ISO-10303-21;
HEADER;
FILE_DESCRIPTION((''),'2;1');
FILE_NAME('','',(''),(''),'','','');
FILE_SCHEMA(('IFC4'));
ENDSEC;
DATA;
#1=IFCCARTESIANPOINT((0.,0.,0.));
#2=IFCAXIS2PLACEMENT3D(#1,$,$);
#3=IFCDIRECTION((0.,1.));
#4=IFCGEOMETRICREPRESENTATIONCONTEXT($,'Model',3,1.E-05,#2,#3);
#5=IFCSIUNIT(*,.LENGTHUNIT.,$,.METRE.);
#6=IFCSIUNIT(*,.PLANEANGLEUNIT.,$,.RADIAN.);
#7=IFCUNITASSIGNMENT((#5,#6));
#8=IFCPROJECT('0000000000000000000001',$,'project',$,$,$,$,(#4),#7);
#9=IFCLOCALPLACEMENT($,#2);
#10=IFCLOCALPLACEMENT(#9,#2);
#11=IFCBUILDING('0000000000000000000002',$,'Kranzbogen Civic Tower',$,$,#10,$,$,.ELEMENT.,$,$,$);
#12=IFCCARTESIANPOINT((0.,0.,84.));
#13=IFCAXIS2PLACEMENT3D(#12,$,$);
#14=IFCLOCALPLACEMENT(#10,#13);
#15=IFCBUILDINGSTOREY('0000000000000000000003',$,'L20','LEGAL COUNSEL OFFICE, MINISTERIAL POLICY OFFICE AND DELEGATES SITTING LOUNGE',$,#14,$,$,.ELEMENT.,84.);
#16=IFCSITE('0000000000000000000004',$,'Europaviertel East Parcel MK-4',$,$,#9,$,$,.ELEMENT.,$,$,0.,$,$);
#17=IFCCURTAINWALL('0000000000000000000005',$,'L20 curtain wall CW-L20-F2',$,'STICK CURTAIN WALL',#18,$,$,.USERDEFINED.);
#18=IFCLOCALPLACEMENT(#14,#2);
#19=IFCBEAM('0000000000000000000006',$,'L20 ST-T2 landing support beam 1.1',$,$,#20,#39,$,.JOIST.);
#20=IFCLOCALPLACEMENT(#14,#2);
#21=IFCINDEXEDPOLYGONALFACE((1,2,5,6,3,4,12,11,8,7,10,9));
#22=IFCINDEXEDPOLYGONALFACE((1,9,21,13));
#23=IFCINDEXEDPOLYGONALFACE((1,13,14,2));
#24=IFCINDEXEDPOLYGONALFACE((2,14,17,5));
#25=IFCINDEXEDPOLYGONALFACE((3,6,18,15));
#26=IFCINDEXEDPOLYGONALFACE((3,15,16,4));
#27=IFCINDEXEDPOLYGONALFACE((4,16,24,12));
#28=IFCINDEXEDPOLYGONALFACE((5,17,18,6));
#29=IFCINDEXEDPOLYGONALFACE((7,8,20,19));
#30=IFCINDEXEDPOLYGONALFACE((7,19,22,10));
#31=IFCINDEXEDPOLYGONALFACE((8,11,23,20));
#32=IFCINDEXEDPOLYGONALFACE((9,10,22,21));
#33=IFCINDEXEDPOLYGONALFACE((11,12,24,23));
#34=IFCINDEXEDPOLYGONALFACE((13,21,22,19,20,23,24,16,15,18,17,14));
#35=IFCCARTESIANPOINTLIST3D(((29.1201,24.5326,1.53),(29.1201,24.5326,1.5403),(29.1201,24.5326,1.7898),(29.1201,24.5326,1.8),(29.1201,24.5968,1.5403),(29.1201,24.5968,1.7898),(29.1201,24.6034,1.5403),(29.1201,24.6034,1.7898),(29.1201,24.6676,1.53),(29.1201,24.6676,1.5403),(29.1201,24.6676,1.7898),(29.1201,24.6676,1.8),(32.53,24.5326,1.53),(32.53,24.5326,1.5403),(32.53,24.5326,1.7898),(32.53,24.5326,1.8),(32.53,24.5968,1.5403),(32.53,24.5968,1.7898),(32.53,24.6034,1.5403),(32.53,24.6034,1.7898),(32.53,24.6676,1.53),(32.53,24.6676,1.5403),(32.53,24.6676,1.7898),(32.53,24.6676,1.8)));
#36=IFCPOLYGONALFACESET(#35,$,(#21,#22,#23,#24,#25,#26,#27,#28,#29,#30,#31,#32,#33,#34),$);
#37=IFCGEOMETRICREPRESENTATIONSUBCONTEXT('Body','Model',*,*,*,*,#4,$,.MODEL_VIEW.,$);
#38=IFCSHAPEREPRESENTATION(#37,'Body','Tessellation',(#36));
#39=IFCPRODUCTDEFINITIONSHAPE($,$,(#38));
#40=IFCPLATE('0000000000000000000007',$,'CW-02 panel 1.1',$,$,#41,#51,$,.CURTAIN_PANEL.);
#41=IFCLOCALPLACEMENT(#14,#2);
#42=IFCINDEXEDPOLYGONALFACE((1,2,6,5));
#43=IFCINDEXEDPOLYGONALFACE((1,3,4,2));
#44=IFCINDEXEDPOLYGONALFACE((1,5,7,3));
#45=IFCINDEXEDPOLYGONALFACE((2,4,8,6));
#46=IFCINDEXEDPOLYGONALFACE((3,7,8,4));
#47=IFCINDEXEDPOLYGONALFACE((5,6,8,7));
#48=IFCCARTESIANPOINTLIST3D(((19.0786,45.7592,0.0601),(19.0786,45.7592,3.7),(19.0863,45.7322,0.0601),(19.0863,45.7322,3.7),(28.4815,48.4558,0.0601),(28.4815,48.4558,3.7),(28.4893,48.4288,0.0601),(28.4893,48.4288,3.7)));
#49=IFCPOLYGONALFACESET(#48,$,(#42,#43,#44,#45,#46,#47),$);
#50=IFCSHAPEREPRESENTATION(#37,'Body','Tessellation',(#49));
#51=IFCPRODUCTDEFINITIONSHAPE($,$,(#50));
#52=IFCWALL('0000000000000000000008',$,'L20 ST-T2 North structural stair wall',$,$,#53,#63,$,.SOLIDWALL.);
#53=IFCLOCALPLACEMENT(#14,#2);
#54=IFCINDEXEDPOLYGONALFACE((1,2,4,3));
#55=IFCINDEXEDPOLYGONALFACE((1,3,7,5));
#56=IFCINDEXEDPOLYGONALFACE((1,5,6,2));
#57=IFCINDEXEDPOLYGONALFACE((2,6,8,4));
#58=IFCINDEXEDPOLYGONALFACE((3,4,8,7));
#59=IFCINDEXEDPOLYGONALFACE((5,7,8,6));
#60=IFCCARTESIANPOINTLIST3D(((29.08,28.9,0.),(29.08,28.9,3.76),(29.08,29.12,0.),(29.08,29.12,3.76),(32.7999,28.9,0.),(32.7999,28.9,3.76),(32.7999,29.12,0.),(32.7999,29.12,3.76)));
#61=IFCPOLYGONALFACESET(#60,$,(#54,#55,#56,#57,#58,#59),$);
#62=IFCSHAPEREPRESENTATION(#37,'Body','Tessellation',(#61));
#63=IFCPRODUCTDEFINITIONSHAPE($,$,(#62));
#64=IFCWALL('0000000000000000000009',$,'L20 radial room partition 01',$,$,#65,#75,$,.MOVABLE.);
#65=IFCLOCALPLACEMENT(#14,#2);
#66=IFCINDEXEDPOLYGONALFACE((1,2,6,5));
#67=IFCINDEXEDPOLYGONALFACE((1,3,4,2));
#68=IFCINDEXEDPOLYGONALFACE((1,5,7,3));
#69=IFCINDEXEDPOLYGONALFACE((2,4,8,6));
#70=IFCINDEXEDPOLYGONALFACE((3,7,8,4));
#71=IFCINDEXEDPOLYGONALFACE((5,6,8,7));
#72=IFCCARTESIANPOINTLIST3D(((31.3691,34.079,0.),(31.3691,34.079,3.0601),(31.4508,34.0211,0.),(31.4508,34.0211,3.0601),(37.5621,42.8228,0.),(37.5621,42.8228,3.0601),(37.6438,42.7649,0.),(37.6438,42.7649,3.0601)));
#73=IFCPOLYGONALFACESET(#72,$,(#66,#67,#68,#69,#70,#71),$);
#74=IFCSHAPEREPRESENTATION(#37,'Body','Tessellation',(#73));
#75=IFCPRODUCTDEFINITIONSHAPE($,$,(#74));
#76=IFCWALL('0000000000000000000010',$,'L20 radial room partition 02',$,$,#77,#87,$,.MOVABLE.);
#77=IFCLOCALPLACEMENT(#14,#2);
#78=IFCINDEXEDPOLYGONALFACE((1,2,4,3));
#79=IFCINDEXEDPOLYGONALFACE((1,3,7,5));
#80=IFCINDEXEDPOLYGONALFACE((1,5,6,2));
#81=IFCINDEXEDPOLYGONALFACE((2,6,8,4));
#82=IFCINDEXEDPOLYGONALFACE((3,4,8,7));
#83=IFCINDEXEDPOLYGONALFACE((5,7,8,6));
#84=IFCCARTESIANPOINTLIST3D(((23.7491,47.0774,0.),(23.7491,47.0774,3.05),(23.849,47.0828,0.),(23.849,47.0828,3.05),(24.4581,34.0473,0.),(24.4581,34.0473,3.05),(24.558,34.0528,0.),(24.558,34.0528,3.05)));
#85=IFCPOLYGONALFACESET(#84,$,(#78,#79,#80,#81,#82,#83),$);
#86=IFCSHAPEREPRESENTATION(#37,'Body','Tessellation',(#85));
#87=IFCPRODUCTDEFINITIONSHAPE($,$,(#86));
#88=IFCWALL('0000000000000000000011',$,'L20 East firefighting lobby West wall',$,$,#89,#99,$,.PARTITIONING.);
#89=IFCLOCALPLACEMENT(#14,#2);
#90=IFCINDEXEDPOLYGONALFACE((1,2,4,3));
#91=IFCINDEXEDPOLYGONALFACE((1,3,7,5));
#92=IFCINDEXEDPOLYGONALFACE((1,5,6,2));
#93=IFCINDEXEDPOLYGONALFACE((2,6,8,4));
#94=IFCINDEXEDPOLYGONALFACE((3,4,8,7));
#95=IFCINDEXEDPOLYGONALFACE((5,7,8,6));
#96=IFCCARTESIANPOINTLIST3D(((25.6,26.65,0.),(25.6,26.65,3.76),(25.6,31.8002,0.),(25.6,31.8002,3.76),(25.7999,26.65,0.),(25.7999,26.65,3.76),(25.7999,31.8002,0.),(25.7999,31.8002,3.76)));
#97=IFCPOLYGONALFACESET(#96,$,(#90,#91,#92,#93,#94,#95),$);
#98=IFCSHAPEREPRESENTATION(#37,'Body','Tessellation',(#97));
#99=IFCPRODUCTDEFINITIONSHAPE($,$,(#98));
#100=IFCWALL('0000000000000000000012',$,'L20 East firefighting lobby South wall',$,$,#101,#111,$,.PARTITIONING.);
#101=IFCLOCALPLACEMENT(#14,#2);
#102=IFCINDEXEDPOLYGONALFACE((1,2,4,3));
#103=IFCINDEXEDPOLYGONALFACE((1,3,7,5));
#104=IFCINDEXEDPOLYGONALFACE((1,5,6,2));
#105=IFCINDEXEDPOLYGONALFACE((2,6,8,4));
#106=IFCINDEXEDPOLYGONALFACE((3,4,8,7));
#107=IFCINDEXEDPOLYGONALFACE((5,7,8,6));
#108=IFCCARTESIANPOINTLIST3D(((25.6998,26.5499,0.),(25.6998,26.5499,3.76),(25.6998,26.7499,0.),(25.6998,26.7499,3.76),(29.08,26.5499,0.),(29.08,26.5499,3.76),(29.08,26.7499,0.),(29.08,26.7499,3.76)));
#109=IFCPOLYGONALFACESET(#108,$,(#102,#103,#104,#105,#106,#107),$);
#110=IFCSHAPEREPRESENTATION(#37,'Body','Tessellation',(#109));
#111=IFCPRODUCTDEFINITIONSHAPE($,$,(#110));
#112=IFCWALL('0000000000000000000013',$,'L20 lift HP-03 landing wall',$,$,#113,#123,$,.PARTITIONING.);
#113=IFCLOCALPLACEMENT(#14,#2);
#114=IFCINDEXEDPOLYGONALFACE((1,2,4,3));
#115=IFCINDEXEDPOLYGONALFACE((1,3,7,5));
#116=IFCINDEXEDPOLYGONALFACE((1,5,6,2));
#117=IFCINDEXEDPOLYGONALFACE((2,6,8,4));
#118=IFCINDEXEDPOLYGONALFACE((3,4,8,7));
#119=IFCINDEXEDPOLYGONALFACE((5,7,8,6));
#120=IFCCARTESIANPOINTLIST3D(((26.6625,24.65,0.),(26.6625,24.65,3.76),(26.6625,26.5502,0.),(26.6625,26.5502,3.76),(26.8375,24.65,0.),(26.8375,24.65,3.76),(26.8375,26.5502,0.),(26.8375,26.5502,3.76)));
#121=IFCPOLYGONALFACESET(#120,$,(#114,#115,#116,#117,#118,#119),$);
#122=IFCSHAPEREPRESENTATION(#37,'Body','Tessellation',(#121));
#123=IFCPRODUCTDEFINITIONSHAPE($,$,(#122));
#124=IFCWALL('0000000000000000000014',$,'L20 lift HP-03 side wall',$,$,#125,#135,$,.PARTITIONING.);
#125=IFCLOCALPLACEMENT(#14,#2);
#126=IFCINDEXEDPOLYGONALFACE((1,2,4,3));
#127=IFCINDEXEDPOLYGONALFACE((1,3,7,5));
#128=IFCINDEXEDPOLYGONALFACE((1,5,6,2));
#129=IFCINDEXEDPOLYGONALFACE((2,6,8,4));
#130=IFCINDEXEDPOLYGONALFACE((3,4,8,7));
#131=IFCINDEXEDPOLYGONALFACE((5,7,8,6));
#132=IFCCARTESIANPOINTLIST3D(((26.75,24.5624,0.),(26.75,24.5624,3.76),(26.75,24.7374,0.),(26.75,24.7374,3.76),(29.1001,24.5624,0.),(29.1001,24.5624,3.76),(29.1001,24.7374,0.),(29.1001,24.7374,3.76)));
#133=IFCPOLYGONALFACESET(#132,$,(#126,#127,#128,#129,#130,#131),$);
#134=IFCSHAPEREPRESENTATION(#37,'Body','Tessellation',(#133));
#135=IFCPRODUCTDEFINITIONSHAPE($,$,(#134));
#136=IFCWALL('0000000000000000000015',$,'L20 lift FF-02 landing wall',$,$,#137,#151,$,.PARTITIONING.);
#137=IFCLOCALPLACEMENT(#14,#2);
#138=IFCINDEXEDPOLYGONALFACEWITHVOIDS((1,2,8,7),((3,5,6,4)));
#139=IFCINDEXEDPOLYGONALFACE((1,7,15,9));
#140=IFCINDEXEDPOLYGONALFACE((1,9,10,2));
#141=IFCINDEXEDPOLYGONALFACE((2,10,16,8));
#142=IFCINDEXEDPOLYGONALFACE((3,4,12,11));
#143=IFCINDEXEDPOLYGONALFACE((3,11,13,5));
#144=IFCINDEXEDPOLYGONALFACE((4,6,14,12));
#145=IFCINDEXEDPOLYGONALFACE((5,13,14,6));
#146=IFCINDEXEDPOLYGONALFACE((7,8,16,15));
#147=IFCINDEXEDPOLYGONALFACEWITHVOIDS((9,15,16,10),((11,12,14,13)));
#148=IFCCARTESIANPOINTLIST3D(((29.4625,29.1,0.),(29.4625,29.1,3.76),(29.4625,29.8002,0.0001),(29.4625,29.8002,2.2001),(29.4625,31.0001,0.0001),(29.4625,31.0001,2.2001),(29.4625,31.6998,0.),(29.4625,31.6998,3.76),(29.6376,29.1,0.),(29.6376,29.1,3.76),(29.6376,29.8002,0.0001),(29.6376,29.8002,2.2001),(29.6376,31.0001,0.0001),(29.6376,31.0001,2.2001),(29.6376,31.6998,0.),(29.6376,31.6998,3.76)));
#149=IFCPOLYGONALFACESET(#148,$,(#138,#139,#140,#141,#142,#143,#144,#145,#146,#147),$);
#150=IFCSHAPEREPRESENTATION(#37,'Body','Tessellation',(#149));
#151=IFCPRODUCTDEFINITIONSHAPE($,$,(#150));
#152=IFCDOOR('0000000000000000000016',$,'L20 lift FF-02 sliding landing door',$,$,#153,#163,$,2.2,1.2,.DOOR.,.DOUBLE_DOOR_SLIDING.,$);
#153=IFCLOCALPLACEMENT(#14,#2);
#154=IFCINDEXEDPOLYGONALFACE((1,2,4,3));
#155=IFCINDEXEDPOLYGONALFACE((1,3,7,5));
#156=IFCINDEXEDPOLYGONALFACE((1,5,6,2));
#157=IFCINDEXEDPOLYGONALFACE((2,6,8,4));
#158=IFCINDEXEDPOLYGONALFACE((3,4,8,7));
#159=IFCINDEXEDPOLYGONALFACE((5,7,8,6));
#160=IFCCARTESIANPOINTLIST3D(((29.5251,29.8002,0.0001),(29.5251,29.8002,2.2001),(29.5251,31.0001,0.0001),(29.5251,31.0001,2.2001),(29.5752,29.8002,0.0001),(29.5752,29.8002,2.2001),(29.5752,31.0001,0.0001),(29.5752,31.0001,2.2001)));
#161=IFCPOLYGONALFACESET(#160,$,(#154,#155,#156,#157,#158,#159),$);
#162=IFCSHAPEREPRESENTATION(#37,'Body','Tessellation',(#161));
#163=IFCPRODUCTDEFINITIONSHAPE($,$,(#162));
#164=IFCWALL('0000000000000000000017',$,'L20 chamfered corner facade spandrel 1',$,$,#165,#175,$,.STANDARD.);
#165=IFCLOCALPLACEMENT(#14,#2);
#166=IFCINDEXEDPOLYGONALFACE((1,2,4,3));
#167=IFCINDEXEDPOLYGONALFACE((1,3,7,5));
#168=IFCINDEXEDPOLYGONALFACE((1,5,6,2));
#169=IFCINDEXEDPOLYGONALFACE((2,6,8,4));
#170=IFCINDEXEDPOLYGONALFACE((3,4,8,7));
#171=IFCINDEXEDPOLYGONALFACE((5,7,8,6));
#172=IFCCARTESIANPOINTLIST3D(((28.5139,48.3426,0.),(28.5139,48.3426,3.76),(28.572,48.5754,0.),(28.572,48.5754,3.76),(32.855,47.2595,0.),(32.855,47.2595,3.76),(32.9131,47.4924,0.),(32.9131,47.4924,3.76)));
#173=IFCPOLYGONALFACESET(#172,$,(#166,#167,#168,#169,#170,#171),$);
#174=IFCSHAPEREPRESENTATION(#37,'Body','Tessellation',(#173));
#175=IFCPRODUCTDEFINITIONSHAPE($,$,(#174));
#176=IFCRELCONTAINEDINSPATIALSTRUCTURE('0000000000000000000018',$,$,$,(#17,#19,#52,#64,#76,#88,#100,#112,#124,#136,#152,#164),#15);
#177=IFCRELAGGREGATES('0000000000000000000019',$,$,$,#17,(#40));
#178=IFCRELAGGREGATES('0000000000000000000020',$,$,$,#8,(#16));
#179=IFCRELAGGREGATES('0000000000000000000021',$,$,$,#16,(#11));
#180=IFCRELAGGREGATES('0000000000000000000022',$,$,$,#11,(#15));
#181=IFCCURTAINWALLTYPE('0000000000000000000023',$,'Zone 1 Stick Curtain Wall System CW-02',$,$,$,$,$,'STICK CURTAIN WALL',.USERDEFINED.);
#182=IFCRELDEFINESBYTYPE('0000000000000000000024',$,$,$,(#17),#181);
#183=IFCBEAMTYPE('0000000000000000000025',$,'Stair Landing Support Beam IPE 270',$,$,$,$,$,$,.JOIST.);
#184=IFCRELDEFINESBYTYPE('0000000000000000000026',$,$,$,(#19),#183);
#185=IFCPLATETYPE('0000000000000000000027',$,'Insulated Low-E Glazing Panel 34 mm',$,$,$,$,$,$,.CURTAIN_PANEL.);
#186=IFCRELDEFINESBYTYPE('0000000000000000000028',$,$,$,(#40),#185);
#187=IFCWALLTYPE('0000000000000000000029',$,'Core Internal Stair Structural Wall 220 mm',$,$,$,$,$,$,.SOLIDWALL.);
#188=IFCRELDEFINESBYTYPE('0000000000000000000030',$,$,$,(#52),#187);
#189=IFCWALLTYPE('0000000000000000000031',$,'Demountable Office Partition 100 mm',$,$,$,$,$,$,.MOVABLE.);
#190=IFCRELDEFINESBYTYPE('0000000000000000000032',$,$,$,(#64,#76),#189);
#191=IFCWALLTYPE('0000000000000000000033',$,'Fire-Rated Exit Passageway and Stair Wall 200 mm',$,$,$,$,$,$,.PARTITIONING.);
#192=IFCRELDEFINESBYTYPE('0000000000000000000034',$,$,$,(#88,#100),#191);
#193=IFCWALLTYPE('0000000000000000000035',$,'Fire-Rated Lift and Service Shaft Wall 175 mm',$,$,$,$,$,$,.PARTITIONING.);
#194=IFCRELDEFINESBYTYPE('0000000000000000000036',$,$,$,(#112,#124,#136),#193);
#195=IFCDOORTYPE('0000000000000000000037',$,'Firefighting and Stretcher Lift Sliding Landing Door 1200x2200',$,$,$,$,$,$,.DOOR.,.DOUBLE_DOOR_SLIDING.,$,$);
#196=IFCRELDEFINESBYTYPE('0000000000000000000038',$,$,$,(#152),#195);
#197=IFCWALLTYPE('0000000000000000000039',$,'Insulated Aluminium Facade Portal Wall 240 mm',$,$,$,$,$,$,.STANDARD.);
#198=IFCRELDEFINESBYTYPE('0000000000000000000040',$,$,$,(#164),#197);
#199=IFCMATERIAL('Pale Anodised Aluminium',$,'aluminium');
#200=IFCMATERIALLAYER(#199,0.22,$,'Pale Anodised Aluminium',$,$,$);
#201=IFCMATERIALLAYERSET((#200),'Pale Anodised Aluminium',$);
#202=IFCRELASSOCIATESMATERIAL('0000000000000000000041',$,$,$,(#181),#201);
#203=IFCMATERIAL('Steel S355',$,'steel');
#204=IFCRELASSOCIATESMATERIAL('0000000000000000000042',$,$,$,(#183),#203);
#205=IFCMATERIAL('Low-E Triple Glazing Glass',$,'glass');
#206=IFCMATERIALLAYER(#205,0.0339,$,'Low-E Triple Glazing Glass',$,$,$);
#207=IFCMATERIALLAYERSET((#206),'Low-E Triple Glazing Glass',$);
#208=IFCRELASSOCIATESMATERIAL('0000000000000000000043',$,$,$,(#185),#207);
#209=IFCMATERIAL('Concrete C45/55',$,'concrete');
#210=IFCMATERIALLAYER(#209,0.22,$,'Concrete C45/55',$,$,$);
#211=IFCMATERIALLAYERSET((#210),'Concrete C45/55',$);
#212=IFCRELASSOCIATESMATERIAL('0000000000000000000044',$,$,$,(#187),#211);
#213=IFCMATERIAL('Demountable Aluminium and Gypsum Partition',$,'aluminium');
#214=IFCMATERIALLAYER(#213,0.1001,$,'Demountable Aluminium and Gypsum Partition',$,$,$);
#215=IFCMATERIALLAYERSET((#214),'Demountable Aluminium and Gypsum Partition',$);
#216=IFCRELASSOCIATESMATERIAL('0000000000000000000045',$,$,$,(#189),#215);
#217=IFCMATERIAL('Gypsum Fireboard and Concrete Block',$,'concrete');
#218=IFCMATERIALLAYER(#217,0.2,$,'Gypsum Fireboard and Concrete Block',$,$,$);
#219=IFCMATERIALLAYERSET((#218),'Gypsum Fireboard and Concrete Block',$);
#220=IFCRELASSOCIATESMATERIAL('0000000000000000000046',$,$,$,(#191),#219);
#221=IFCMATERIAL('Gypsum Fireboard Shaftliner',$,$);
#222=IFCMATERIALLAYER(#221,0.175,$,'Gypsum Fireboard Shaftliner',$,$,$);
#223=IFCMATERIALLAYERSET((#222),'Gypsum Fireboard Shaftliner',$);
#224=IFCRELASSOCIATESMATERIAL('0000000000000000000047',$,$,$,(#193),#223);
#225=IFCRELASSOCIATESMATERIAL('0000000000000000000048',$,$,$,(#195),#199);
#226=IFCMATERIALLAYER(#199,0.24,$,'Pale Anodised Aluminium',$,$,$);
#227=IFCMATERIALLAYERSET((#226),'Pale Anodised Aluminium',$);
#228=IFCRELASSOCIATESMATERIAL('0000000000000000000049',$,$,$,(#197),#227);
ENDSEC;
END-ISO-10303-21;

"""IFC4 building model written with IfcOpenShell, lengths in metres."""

from ifc_helpers import new_model, si_unit, direction, frame, frame_2d, origin, origin_2d, place, context, subcontext, project, spatial, rectangle, i_section, extrude, material, layer, layer_set, material_profile, profile_set, type_object, element, fill, aggregate, save


model = new_model("IFC4")

# Units and contexts
model_context = context("Model", 3, precision=1e-05, world=origin(), true_north=direction((0.0, 1.0)))
body_context = subcontext(model_context, "Body", "Model", "MODEL_VIEW")
ifc_project = project(units=[si_unit("LENGTHUNIT", "METRE"), si_unit("PLANEANGLEUNIT", "RADIAN")], contexts=[model_context])

# Site, building, storey
site_placement = place(None, origin())
site = spatial("IfcSite", under=ifc_project, at=site_placement, Name="Europaviertel East Parcel MK-4", CompositionType="ELEMENT", RefElevation=0.0)
building_placement = place(site_placement, origin())
building = spatial("IfcBuilding", under=site, at=building_placement, Name="Kranzbogen Civic Tower", CompositionType="ELEMENT")
storey_placement = place(building_placement, frame((0.0, 0.0, 84.0)))
storey = spatial("IfcBuildingStorey", under=building, at=storey_placement, Name="L20", Description="LEGAL COUNSEL OFFICE, MINISTERIAL POLICY OFFICE AND DELEGATES SITTING LOUNGE", CompositionType="ELEMENT", Elevation=84.0)

# Shared definitions
ifc_material_1 = material(Name="Steel S355", Category="steel")

# Curtain wall
ifc_material_2 = material(Name="Pale Anodised Aluminium", Category="aluminium")
ifc_layer_1 = layer(ifc_material_2, 0.22, Name="Pale Anodised Aluminium")
ifc_layer_set_1 = layer_set([ifc_layer_1], Name="Pale Anodised Aluminium")
curtain_wall_type = type_object("IfcCurtainWallType", Name="Zone 1 Stick Curtain Wall System CW-02", ElementType="STICK CURTAIN WALL", PredefinedType="USERDEFINED", material=ifc_layer_set_1)
curtain_wall_placement = place(storey_placement, origin())
curtain_wall = element("IfcCurtainWall", 1, at=curtain_wall_placement, inside=storey, type_object=curtain_wall_type, Name="L20 curtain wall CW-L20-F2", ObjectType="STICK CURTAIN WALL", PredefinedType="USERDEFINED")

# Beam
ifc_material_profile_1 = material_profile(ifc_material_1, i_section(OverallWidth=0.135, OverallDepth=0.27, WebThickness=0.0066, FlangeThickness=0.0103, at=origin_2d()), Name="IPE 270")
ifc_profile_set_1 = profile_set([ifc_material_profile_1], Name="Steel S355")
beam_type_1 = type_object("IfcBeamType", Name="Stair Landing Support Beam IPE 270", PredefinedType="JOIST", material=ifc_profile_set_1)
for number, where, z_axis, x_axis, name in (
    (2, (29.1201, 24.6001, 1.665), (1.0, 0.0, 0.0), (0.0, 1.0, 0.0), "L20 ST-T2 landing support beam 1.1"),
):
    element("IfcBeam", number, at=place(storey_placement, frame(where, z_axis=z_axis, x_axis=x_axis)), inside=storey, type_object=beam_type_1, Name=name, PredefinedType="JOIST", context=body_context, shape_type="SweptSolid", body=[
        extrude(i_section(OverallWidth=0.135, OverallDepth=0.27, WebThickness=0.0066, FlangeThickness=0.0103, at=origin_2d()), origin(), (0.0, 0.0, 1.0), 3.4099),
    ])

# Plate
ifc_material_3 = material(Name="Low-E Triple Glazing Glass", Category="glass")
ifc_layer_2 = layer(ifc_material_3, 0.0339, Name="Low-E Triple Glazing Glass")
ifc_layer_set_2 = layer_set([ifc_layer_2], Name="Low-E Triple Glazing Glass")
plate_type = type_object("IfcPlateType", Name="Insulated Low-E Glazing Panel 34 mm", PredefinedType="CURTAIN_PANEL", material=ifc_layer_set_2)
plate_placement = place(storey_placement, frame((23.7839, 47.094, 0.0601), z_axis=(0.0, 0.0, 1.0), x_axis=(-0.96125, -0.275678, 0.0)))
plate = element("IfcPlate", 3, at=plate_placement, type_object=plate_type, Name="CW-02 panel 1.1", PredefinedType="CURTAIN_PANEL", context=body_context, shape_type="SweptSolid", body=[
    extrude(rectangle(XDim=9.782, YDim=0.0281, at=origin_2d()), origin(), (0.0, 0.0, 1.0), 3.6399),
])
aggregate(curtain_wall, [plate])

# Walls
ifc_material_4 = material(Name="Concrete C45/55", Category="concrete")
ifc_layer_3 = layer(ifc_material_4, 0.22, Name="Concrete C45/55")
ifc_layer_set_3 = layer_set([ifc_layer_3], Name="Concrete C45/55")
wall_type_1 = type_object("IfcWallType", Name="Core Internal Stair Structural Wall 220 mm", PredefinedType="SOLIDWALL", material=ifc_layer_set_3)
wall_1_placement = place(storey_placement, frame((29.0801, 29.01, 0.0), z_axis=(0.0, 0.0, 1.0), x_axis=(1.0, 0.0, 0.0)))
element("IfcWall", 4, at=wall_1_placement, inside=storey, type_object=wall_type_1, Name="L20 ST-T2 North structural stair wall", PredefinedType="SOLIDWALL", context=body_context, shape_type="SweptSolid", body=[
    extrude(rectangle(XDim=3.72, YDim=0.22, at=frame_2d((1.8599, 0.0))), origin(), (0.0, 0.0, 1.0), 3.76),
])
ifc_material_5 = material(Name="Demountable Aluminium and Gypsum Partition", Category="aluminium")
ifc_layer_4 = layer(ifc_material_5, 0.1001, Name="Demountable Aluminium and Gypsum Partition")
ifc_layer_set_4 = layer_set([ifc_layer_4], Name="Demountable Aluminium and Gypsum Partition")
wall_type_2 = type_object("IfcWallType", Name="Demountable Office Partition 100 mm", PredefinedType="MOVABLE", material=ifc_layer_set_4)
wall_2_placement = place(storey_placement, frame((31.4099, 34.05, 0.0), z_axis=(0.0, 0.0, 1.0), x_axis=(0.577988, 0.816046, 0.0)))
element("IfcWall", 5, at=wall_2_placement, inside=storey, type_object=wall_type_2, Name="L20 radial room partition 01", PredefinedType="MOVABLE", context=body_context, shape_type="SweptSolid", body=[
    extrude(rectangle(XDim=10.7148, YDim=0.1001, at=frame_2d((5.3574, 0.0))), origin(), (0.0, 0.0, 1.0), 3.0601),
])
wall_3_placement = place(storey_placement, frame((24.5081, 34.05, 0.0), z_axis=(0.0, 0.0, 1.0), x_axis=(-0.054331, 0.998523, 0.0)))
element("IfcWall", 6, at=wall_3_placement, inside=storey, type_object=wall_type_2, Name="L20 radial room partition 02", PredefinedType="MOVABLE", context=body_context, shape_type="SweptSolid", body=[
    extrude(rectangle(XDim=13.0493, YDim=0.1001, at=frame_2d((6.5247, 0.0))), origin(), (0.0, 0.0, 1.0), 3.05),
])
ifc_material_6 = material(Name="Gypsum Fireboard and Concrete Block", Category="concrete")
ifc_layer_5 = layer(ifc_material_6, 0.2, Name="Gypsum Fireboard and Concrete Block")
ifc_layer_set_5 = layer_set([ifc_layer_5], Name="Gypsum Fireboard and Concrete Block")
wall_type_3 = type_object("IfcWallType", Name="Fire-Rated Exit Passageway and Stair Wall 200 mm", PredefinedType="PARTITIONING", material=ifc_layer_set_5)
wall_4_placement = place(storey_placement, frame((25.7, 26.6499, 0.0), z_axis=(0.0, 0.0, 1.0), x_axis=(0.0, 1.0, 0.0)))
element("IfcWall", 7, at=wall_4_placement, inside=storey, type_object=wall_type_3, Name="L20 East firefighting lobby West wall", PredefinedType="PARTITIONING", context=body_context, shape_type="SweptSolid", body=[
    extrude(rectangle(XDim=5.1501, YDim=0.2, at=frame_2d((2.5752, 0.0))), origin(), (0.0, 0.0, 1.0), 3.76),
])
wall_5_placement = place(storey_placement, frame((25.7, 26.6499, 0.0), z_axis=(0.0, 0.0, 1.0), x_axis=(1.0, 0.0, 0.0)))
element("IfcWall", 8, at=wall_5_placement, inside=storey, type_object=wall_type_3, Name="L20 East firefighting lobby South wall", PredefinedType="PARTITIONING", context=body_context, shape_type="SweptSolid", body=[
    extrude(rectangle(XDim=3.3801, YDim=0.2, at=frame_2d((1.6899, 0.0))), origin(), (0.0, 0.0, 1.0), 3.76),
])
ifc_material_7 = material(Name="Gypsum Fireboard Shaftliner")
ifc_layer_6 = layer(ifc_material_7, 0.175, Name="Gypsum Fireboard Shaftliner")
ifc_layer_set_6 = layer_set([ifc_layer_6], Name="Gypsum Fireboard Shaftliner")
wall_type_4 = type_object("IfcWallType", Name="Fire-Rated Lift and Service Shaft Wall 175 mm", PredefinedType="PARTITIONING", material=ifc_layer_set_6)
wall_6_placement = place(storey_placement, frame((26.75, 24.6499, 0.0), z_axis=(0.0, 0.0, 1.0), x_axis=(0.0, 1.0, 0.0)))
element("IfcWall", 9, at=wall_6_placement, inside=storey, type_object=wall_type_4, Name="L20 lift HP-03 landing wall", PredefinedType="PARTITIONING", context=body_context, shape_type="SweptSolid", body=[
    extrude(rectangle(XDim=1.9001, YDim=0.175, at=frame_2d((0.9502, 0.0))), origin(), (0.0, 0.0, 1.0), 3.76),
])
wall_7_placement = place(storey_placement, frame((26.75, 24.6499, 0.0), z_axis=(0.0, 0.0, 1.0), x_axis=(1.0, 0.0, 0.0)))
element("IfcWall", 10, at=wall_7_placement, inside=storey, type_object=wall_type_4, Name="L20 lift HP-03 side wall", PredefinedType="PARTITIONING", context=body_context, shape_type="SweptSolid", body=[
    extrude(rectangle(XDim=2.3501, YDim=0.175, at=frame_2d((1.175, 0.0))), origin(), (0.0, 0.0, 1.0), 3.76),
])

# Wall, opening, door
wall_8_placement = place(storey_placement, frame((29.55, 29.1001, 0.0), z_axis=(0.0, 0.0, 1.0), x_axis=(0.0, 1.0, 0.0)))
wall_8 = element("IfcWall", 11, at=wall_8_placement, inside=storey, type_object=wall_type_4, Name="L20 lift FF-02 landing wall", PredefinedType="PARTITIONING", context=body_context, shape_type="SweptSolid", body=[
    extrude(rectangle(XDim=2.5999, YDim=0.175, at=frame_2d((1.2998, 0.0))), origin(), (0.0, 0.0, 1.0), 3.76),
])
opening_placement = place(wall_8_placement, frame((0.7, 0.0, 0.0)))
opening = element("IfcOpeningElement", 12, at=opening_placement, cuts=wall_8, PredefinedType="OPENING", context=body_context, shape_type="SweptSolid", body=[
    extrude(rectangle(XDim=1.2, YDim=2.2, at=frame_2d((0.6001, 1.1001))), frame((0.0, 0.0977, 0.0), z_axis=(0.0, -1.0, 0.0), x_axis=(1.0, 0.0, 0.0)), (0.0, 0.0, 1.0), 0.1951),
])
door_type = type_object("IfcDoorType", Name="Firefighting and Stretcher Lift Sliding Landing Door 1200x2200", OperationType="DOUBLE_DOOR_SLIDING", PredefinedType="DOOR", material=ifc_material_2)
door_placement = place(opening_placement, origin())
door = element("IfcDoor", 13, at=door_placement, inside=storey, type_object=door_type, Name="L20 lift FF-02 sliding landing door", OperationType="DOUBLE_DOOR_SLIDING", OverallHeight=2.2, OverallWidth=1.2, PredefinedType="DOOR", context=body_context, shape_type="SweptSolid", body=[
    extrude(rectangle(XDim=1.2, YDim=2.2, at=frame_2d((0.6001, 1.1001))), frame((0.0, 0.0249, 0.0), z_axis=(0.0, -1.0, 0.0), x_axis=(1.0, 0.0, 0.0)), (0.0, 0.0, 1.0), 0.05),
])
fill(opening, door)

# Wall
ifc_layer_7 = layer(ifc_material_2, 0.24, Name="Pale Anodised Aluminium")
ifc_layer_set_7 = layer_set([ifc_layer_7], Name="Pale Anodised Aluminium")
wall_type_5 = type_object("IfcWallType", Name="Insulated Aluminium Facade Portal Wall 240 mm", PredefinedType="STANDARD", material=ifc_layer_set_7)
wall_9_placement = place(storey_placement, frame((32.884, 47.376, 0.0), z_axis=(0.0, 0.0, 1.0), x_axis=(-0.970261, 0.242061, 0.0)))
element("IfcWall", 14, at=wall_9_placement, inside=storey, type_object=wall_type_5, Name="L20 chamfered corner facade spandrel 1", PredefinedType="STANDARD", context=body_context, shape_type="SweptSolid", body=[
    extrude(rectangle(XDim=4.4741, YDim=0.24, at=frame_2d((2.2371, 0.0))), origin(), (0.0, 0.0, 1.0), 3.76),
])

save(model, "model.ifc")
